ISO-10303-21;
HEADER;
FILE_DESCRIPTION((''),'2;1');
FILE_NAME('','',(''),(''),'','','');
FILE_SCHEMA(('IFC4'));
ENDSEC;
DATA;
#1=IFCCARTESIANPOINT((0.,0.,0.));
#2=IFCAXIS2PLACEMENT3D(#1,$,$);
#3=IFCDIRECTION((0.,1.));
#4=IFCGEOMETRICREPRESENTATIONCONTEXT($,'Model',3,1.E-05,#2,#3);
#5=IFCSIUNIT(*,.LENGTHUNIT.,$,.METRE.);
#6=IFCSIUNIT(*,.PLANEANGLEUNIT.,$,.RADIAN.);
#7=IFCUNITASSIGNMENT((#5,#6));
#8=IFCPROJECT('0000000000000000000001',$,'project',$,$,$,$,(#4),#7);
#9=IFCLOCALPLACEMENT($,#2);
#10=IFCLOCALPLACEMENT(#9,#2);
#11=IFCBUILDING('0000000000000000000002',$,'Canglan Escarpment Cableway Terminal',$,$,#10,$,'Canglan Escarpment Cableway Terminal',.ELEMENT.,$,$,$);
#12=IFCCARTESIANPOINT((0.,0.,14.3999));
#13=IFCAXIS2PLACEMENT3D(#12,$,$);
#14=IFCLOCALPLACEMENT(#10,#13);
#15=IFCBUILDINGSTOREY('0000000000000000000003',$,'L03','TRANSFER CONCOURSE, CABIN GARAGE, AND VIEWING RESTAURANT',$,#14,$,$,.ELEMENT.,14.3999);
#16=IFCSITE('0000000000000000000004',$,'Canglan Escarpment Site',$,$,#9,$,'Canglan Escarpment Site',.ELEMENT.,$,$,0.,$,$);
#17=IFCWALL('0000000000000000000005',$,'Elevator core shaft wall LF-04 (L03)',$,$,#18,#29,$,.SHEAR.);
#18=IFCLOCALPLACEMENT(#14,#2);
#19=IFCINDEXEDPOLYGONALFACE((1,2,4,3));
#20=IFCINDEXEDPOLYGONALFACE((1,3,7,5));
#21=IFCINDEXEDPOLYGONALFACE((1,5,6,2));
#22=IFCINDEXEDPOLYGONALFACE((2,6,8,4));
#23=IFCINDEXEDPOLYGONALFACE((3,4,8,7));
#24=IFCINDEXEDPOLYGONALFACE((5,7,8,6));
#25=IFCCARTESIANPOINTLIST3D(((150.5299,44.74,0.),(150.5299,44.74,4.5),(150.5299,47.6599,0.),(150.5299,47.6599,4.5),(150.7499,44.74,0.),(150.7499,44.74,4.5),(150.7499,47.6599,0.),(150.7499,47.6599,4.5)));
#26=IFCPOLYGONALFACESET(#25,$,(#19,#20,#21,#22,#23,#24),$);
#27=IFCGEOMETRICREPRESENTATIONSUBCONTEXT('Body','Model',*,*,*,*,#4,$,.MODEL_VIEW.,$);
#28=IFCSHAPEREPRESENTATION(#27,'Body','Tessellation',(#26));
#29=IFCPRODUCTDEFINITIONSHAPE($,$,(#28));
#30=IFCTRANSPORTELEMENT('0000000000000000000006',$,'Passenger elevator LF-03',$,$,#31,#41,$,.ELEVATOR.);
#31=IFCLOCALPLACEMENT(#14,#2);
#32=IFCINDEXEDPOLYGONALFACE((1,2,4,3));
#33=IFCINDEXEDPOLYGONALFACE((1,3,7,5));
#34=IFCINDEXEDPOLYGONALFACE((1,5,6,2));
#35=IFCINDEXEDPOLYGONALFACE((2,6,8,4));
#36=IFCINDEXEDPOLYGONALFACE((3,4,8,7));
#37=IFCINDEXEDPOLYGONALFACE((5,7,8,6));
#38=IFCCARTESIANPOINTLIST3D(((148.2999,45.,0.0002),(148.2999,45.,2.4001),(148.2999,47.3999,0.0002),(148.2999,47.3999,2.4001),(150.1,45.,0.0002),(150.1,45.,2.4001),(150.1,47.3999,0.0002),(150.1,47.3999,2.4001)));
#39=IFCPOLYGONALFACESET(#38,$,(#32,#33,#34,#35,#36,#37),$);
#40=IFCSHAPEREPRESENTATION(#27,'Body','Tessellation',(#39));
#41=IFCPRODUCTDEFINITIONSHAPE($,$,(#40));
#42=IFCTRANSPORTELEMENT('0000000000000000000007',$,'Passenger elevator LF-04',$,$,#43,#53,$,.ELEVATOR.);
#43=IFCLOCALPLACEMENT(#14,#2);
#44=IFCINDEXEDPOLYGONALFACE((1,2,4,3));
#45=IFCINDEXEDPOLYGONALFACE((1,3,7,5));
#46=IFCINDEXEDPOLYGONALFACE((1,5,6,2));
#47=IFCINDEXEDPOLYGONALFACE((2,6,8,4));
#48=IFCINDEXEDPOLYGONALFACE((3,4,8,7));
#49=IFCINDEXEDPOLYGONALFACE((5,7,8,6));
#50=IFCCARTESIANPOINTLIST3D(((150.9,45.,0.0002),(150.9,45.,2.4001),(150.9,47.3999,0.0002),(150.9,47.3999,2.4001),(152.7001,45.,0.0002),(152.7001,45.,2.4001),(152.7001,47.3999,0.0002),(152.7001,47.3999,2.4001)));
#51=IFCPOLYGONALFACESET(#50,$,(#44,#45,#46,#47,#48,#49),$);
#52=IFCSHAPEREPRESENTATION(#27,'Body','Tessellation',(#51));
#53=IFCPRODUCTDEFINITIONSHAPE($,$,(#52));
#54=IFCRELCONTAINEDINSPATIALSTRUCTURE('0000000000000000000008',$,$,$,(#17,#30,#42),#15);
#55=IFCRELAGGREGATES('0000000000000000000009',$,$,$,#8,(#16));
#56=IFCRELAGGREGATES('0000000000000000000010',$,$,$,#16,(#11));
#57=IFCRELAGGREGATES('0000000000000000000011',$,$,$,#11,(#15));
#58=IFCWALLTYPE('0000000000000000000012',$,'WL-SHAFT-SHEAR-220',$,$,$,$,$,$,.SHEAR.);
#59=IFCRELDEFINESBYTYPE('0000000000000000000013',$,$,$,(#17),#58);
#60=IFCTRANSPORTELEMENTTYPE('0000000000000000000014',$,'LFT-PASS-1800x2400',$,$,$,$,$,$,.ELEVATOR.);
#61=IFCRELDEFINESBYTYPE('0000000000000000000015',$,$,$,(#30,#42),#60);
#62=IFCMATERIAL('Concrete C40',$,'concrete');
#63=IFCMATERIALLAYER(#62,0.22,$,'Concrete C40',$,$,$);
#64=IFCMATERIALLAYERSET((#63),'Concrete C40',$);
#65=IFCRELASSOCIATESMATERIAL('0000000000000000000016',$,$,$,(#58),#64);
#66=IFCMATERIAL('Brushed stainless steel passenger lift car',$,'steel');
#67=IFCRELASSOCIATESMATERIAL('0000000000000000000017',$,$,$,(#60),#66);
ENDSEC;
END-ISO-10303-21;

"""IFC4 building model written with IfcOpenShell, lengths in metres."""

from ifc_helpers import new_model, si_unit, direction, frame, frame_2d, origin, origin_2d, place, context, subcontext, project, spatial, rectangle, extrude, material, layer, layer_set, type_object, element, save


model = new_model("IFC4")

# Units and contexts
model_context = context("Model", 3, precision=1e-05, world=origin(), true_north=direction((0.0, 1.0)))
body_context = subcontext(model_context, "Body", "Model", "MODEL_VIEW")
ifc_project = project(units=[si_unit("LENGTHUNIT", "METRE"), si_unit("PLANEANGLEUNIT", "RADIAN")], contexts=[model_context])

# Site, building, storey
site_placement = place(None, origin())
site = spatial("IfcSite", under=ifc_project, at=site_placement, Name="Canglan Escarpment Site", LongName="Canglan Escarpment Site", CompositionType="ELEMENT", RefElevation=0.0)
building_placement = place(site_placement, origin())
building = spatial("IfcBuilding", under=site, at=building_placement, Name="Canglan Escarpment Cableway Terminal", LongName="Canglan Escarpment Cableway Terminal", CompositionType="ELEMENT")
storey_placement = place(building_placement, frame((0.0, 0.0, 14.3999)))
storey = spatial("IfcBuildingStorey", under=building, at=storey_placement, Name="L03", Description="TRANSFER CONCOURSE, CABIN GARAGE, AND VIEWING RESTAURANT", CompositionType="ELEMENT", Elevation=14.3999)

# Shared definitions
ifc_material_1 = material(Name="Concrete C40", Category="concrete")

# Shared definitions
ifc_layer_1 = layer(ifc_material_1, 0.22, Name="Concrete C40")
ifc_layer_set_1 = layer_set([ifc_layer_1], Name="Concrete C40")
wall_type_1 = type_object("IfcWallType", Name="WL-SHAFT-SHEAR-220", PredefinedType="SHEAR", material=ifc_layer_set_1)

# Wall
wall_1_placement = place(storey_placement, frame((150.6399, 47.6599, 0.0), z_axis=(0.0, 0.0, 1.0), x_axis=(0.0, -1.0, 0.0)))
element("IfcWall", 1, at=wall_1_placement, inside=storey, type_object=wall_type_1, Name="Elevator core shaft wall LF-04 (L03)", PredefinedType="SHEAR", context=body_context, shape_type="SweptSolid", body=[
    extrude(rectangle(XDim=2.9199, YDim=0.22, at=frame_2d((1.46, 0.0))), origin(), (0.0, 0.0, 1.0), 4.5),
])

# Transport elements
ifc_material_2 = material(Name="Brushed stainless steel passenger lift car", Category="steel")
transport_element_type = type_object("IfcTransportElementType", Name="LFT-PASS-1800x2400", PredefinedType="ELEVATOR", material=ifc_material_2)
for number, where, z_axis, x_axis, name in (
    (2, (149.2, 46.2, 0.0002), (0.0, 0.0, 1.0), (1.0, 0.0, 0.0), "Passenger elevator LF-03"),
    (3, (151.8, 46.2, 0.0002), (0.0, 0.0, 1.0), (1.0, 0.0, 0.0), "Passenger elevator LF-04"),
):
    element("IfcTransportElement", number, at=place(storey_placement, frame(where, z_axis=z_axis, x_axis=x_axis)), inside=storey, type_object=transport_element_type, Name=name, PredefinedType="ELEVATOR", context=body_context, shape_type="SweptSolid", body=[
        extrude(rectangle(XDim=1.8, YDim=2.3999, at=origin_2d()), origin(), (0.0, 0.0, 1.0), 2.3999),
    ])

save(model, "model.ifc")
